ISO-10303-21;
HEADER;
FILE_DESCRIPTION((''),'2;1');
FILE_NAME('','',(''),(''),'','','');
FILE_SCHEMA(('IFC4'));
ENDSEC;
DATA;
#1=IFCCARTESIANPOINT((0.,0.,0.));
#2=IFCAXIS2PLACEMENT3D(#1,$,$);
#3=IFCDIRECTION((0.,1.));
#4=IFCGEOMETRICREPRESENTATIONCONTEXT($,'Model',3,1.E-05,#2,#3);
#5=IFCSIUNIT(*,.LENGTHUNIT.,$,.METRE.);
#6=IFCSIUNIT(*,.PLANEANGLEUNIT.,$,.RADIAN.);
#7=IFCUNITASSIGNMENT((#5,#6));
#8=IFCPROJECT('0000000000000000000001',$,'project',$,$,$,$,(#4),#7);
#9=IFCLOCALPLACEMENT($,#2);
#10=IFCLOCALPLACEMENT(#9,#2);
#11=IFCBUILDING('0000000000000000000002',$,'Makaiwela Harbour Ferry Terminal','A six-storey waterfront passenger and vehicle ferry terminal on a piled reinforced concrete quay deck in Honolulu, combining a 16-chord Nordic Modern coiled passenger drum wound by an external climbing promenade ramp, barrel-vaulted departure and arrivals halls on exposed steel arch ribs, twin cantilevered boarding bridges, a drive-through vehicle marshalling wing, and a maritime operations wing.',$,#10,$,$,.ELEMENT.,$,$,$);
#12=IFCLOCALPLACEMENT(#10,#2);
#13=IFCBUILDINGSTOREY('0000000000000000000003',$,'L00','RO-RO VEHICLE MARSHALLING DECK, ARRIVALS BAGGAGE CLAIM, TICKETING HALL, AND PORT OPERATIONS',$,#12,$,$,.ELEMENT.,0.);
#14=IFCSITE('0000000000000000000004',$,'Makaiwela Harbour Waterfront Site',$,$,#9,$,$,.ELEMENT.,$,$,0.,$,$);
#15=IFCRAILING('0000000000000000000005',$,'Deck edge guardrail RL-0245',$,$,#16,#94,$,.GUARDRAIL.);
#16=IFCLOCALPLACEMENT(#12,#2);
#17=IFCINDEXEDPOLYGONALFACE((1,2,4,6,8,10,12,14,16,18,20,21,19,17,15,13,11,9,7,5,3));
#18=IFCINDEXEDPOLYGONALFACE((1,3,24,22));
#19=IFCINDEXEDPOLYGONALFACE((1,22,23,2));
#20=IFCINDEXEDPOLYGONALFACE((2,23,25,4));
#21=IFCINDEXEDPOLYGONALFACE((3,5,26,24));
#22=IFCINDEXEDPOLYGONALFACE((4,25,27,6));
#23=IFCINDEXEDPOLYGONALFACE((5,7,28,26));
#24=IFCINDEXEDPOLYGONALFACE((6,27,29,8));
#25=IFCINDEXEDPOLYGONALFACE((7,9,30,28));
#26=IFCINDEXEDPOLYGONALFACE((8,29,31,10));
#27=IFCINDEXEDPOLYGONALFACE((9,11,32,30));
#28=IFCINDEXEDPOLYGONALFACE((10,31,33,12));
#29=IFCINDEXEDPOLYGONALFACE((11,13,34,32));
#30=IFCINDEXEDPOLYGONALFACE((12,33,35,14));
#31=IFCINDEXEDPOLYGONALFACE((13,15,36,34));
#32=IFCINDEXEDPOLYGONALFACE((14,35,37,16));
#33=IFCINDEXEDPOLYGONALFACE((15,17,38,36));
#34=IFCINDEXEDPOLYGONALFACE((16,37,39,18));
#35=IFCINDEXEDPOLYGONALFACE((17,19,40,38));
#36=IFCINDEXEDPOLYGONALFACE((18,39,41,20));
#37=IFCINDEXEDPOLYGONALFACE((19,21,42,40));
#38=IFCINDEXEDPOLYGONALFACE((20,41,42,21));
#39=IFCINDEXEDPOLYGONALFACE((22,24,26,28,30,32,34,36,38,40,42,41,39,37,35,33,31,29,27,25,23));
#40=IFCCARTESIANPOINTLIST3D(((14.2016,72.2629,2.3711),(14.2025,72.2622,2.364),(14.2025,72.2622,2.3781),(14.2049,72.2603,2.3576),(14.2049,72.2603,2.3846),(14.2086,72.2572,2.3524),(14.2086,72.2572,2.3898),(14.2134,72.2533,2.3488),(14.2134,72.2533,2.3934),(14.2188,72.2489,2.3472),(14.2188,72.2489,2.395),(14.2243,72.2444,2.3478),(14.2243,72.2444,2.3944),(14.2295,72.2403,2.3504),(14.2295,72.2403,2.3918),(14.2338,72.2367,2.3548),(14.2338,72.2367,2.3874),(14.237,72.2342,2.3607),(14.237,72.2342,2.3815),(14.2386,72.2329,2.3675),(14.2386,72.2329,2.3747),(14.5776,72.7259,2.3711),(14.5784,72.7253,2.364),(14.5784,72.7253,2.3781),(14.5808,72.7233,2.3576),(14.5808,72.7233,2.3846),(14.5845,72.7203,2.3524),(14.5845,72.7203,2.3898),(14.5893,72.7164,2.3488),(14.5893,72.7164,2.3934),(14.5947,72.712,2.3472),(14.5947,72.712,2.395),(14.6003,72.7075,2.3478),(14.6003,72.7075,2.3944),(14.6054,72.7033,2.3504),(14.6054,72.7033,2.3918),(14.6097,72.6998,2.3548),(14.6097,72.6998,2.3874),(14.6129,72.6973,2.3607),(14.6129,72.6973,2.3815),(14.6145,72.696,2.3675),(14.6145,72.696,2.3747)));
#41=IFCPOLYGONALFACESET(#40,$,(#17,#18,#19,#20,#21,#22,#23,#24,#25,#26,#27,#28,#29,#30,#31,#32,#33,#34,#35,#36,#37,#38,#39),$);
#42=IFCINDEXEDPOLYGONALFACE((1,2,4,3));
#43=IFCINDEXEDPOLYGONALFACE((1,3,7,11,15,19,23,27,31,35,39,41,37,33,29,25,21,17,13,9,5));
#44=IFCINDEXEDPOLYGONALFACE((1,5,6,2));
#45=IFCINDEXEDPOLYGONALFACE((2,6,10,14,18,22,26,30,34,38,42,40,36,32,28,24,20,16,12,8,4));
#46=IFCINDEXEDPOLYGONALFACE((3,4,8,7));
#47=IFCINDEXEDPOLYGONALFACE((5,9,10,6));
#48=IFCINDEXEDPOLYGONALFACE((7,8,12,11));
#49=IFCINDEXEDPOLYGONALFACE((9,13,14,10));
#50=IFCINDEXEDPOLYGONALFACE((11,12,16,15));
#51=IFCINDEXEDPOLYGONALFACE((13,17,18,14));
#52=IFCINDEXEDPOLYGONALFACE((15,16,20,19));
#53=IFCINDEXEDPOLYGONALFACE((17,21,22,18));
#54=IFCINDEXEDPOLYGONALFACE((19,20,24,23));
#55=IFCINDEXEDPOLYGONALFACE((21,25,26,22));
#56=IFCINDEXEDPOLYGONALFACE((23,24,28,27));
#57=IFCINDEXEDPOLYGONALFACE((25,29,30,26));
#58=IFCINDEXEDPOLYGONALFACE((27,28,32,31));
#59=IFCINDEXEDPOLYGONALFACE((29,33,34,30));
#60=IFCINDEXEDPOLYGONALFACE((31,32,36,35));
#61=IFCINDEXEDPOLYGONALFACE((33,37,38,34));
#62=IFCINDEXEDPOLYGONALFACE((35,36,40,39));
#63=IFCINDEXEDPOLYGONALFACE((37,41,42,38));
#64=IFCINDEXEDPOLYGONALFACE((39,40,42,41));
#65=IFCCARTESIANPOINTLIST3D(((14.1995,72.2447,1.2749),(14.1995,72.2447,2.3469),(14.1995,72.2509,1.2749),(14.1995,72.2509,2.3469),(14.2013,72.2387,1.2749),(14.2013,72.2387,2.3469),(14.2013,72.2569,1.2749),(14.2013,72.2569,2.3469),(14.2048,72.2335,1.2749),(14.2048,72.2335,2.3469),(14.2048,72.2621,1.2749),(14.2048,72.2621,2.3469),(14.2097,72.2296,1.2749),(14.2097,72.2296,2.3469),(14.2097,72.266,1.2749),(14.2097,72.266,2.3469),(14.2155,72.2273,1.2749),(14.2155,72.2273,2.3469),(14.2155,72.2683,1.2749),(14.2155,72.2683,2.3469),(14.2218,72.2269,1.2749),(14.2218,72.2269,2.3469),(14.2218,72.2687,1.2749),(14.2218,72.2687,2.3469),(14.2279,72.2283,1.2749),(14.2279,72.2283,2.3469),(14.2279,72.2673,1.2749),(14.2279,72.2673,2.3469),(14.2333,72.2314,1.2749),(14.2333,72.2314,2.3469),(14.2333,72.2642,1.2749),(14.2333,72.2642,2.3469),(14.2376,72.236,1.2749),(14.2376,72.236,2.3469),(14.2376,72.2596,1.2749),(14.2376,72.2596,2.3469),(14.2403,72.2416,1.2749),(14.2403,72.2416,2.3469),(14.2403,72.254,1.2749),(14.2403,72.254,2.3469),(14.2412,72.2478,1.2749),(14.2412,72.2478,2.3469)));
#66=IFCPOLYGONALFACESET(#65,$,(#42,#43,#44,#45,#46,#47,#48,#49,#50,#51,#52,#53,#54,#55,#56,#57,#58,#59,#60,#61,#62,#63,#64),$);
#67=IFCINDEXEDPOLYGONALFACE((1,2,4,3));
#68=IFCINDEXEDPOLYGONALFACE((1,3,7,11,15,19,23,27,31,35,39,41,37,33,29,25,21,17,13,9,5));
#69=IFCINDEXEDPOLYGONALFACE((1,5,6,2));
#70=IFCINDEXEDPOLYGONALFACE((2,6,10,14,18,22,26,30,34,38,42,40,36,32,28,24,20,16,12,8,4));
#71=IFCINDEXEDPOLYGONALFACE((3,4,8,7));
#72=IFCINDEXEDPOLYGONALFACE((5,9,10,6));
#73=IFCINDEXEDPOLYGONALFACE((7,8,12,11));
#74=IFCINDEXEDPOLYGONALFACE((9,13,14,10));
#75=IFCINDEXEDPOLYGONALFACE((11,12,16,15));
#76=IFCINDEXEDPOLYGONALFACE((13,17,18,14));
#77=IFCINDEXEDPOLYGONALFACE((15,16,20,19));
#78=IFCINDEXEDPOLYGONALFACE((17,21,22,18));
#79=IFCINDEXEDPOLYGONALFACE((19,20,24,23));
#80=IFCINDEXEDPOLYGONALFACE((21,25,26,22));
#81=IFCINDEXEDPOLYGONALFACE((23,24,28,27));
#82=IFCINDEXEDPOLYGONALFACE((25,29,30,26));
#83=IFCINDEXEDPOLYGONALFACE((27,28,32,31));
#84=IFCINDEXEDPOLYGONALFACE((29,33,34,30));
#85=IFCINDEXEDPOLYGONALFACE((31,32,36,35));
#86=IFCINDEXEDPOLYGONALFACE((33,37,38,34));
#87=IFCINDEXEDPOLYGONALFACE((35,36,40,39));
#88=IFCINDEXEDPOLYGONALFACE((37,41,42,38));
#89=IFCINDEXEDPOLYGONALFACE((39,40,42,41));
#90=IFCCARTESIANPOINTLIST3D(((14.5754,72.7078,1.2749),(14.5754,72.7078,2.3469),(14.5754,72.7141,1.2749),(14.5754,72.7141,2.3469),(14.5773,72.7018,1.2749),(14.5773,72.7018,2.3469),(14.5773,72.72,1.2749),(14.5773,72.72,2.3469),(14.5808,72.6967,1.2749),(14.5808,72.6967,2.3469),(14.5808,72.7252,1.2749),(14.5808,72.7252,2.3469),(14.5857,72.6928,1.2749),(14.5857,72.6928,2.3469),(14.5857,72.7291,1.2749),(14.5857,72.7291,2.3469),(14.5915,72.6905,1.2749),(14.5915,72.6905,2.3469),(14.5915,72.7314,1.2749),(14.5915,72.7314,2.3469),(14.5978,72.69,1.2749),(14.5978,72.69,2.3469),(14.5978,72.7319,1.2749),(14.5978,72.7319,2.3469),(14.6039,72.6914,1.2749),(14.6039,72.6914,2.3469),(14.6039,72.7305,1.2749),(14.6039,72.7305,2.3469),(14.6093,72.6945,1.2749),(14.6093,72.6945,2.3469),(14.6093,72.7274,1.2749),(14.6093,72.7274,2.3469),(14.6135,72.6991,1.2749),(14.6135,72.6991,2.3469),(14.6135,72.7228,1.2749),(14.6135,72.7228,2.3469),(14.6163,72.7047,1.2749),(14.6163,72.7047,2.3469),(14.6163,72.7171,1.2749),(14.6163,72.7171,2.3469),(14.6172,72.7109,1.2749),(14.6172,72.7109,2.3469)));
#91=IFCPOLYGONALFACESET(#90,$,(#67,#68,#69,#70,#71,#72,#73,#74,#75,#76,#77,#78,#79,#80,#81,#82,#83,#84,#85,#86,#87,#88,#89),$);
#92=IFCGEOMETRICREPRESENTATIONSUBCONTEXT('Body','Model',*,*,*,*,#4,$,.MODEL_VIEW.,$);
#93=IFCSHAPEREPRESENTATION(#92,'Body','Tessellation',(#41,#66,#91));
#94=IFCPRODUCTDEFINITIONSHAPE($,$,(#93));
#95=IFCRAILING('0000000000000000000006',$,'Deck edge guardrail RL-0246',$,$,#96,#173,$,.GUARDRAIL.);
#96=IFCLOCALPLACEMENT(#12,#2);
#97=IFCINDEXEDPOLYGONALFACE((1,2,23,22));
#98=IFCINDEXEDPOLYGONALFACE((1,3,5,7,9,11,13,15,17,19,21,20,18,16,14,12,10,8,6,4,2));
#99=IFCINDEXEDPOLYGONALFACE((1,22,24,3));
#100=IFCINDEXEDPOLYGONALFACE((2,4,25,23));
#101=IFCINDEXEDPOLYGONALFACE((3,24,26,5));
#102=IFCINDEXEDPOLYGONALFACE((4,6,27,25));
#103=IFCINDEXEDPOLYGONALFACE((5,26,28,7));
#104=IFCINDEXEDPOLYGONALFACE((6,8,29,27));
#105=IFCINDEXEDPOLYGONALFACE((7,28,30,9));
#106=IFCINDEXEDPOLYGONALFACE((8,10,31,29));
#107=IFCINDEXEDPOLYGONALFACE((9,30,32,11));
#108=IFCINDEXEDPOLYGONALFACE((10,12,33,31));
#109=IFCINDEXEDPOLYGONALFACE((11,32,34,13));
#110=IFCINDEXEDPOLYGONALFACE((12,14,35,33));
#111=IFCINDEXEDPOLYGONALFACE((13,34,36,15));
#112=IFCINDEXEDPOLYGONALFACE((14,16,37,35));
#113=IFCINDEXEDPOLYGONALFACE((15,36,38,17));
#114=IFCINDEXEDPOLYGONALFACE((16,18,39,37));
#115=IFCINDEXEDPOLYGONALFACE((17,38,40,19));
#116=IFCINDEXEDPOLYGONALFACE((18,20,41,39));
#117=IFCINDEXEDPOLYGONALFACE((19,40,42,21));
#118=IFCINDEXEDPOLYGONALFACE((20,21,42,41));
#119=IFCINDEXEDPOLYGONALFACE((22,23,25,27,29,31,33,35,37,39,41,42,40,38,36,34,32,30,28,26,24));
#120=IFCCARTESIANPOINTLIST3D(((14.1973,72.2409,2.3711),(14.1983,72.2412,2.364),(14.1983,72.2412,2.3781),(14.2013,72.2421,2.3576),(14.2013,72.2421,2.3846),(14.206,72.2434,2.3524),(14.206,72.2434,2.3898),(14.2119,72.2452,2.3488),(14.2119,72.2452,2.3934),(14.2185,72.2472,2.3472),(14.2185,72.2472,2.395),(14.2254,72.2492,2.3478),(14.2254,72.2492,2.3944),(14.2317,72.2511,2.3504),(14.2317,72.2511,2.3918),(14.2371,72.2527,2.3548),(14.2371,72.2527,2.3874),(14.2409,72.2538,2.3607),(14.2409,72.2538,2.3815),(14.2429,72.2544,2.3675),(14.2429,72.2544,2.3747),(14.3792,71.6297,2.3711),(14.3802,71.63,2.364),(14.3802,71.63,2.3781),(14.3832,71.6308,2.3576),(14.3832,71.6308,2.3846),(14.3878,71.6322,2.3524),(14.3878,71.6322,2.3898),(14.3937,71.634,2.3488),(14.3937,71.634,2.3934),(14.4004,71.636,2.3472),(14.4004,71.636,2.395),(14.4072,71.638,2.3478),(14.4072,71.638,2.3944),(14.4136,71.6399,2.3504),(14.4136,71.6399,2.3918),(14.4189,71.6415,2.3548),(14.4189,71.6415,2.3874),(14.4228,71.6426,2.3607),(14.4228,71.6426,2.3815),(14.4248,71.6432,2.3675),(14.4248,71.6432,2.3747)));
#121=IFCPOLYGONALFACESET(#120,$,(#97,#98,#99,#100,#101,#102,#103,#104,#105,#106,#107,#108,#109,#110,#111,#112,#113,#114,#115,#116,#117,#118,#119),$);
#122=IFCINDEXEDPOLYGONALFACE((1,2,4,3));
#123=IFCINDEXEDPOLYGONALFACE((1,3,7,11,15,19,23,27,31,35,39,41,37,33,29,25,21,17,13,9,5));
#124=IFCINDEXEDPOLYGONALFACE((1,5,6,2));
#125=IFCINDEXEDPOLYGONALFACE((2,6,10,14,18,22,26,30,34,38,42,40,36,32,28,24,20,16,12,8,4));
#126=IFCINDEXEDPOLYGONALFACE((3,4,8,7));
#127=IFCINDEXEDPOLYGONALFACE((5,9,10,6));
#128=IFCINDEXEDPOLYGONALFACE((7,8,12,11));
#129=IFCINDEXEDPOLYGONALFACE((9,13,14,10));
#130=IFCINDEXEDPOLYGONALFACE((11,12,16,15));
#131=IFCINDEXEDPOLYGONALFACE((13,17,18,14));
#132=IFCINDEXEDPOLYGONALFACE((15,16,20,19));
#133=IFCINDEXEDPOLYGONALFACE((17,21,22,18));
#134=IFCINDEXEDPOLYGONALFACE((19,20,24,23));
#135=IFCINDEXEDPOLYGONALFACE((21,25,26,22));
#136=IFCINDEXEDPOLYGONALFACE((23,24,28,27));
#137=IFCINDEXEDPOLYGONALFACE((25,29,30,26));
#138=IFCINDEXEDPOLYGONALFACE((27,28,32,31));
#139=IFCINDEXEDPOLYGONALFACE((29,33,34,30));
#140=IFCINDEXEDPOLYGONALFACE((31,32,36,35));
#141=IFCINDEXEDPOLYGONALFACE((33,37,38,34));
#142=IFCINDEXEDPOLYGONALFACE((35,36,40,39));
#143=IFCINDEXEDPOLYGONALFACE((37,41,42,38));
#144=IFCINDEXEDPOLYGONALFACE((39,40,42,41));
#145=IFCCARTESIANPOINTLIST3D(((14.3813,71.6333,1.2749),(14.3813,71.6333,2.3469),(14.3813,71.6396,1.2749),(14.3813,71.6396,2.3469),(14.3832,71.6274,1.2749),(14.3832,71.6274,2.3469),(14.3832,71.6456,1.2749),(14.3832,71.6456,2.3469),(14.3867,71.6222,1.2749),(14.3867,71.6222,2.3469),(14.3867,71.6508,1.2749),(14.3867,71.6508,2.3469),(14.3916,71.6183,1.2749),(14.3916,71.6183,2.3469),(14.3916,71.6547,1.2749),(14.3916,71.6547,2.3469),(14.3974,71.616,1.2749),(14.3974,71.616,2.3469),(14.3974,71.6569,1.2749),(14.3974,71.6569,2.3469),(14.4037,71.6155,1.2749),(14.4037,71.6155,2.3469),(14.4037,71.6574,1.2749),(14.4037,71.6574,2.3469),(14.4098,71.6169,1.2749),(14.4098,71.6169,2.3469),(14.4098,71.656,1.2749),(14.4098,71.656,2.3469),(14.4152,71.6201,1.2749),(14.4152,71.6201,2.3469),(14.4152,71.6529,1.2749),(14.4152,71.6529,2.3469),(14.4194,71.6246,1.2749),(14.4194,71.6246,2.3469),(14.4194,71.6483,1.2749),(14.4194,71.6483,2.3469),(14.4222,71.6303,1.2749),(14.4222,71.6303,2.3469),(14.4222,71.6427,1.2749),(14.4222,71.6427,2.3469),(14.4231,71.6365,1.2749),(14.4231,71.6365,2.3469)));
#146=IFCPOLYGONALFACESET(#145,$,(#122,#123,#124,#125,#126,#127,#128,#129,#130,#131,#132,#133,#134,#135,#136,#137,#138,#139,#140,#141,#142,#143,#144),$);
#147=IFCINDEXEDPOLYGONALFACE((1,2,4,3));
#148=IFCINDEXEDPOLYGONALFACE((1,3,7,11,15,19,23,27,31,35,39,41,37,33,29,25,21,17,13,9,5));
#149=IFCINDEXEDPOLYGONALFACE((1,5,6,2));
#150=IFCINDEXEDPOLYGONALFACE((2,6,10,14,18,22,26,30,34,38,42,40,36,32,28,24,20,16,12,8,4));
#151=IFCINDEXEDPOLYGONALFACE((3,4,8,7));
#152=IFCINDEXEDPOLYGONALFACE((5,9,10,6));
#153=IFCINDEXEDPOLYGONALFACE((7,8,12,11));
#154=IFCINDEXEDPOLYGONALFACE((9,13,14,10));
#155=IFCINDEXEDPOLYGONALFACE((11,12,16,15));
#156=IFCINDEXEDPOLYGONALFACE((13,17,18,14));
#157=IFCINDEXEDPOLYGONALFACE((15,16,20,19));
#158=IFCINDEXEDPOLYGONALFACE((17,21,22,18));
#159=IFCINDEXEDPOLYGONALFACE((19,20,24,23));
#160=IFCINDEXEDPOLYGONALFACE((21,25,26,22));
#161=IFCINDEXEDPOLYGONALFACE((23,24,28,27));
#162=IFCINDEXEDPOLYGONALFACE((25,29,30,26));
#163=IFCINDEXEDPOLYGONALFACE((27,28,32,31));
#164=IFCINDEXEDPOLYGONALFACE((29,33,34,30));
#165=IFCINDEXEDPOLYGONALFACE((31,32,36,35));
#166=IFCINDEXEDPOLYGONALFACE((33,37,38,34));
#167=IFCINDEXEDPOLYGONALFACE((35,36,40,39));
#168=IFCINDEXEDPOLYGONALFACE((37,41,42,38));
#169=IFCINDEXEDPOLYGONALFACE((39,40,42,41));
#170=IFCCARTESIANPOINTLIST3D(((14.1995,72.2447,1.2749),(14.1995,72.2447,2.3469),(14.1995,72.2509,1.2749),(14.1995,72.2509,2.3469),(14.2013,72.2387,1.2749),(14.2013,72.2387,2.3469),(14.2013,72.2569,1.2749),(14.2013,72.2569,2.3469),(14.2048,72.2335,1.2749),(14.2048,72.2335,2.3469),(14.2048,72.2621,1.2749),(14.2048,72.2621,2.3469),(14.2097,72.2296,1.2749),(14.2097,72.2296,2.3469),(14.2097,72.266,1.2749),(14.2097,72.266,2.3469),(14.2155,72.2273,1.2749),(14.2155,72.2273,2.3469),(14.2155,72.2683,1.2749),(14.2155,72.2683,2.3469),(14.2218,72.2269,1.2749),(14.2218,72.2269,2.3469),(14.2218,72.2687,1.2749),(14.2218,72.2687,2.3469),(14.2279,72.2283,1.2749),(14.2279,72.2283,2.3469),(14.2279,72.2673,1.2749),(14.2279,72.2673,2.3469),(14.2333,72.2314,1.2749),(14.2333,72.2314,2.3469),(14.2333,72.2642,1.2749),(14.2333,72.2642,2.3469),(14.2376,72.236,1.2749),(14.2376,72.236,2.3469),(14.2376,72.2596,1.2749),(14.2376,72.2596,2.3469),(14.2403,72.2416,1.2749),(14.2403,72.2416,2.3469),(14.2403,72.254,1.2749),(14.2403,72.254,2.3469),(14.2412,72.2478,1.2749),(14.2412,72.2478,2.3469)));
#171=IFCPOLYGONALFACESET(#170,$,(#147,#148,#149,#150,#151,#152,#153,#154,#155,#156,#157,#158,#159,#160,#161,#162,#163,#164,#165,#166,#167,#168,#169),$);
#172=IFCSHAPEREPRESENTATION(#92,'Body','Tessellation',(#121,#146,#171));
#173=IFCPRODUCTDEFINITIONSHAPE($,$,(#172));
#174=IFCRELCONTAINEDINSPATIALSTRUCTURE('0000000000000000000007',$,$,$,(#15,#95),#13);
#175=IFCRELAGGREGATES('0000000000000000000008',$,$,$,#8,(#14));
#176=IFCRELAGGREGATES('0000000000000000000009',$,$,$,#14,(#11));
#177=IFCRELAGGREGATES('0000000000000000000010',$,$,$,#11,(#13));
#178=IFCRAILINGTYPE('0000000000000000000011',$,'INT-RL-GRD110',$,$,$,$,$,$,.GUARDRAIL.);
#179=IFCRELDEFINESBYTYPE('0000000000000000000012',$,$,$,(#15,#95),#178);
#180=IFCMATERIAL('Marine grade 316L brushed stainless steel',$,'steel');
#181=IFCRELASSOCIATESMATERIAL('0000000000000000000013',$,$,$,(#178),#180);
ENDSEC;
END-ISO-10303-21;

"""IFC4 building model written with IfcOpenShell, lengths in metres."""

from ifc_helpers import new_model, si_unit, direction, frame, origin, origin_2d, place, context, subcontext, project, spatial, circle, extrude, material, type_object, element, save


model = new_model("IFC4")

# Units and contexts
model_context = context("Model", 3, precision=1e-05, world=origin(), true_north=direction((0.0, 1.0)))
body_context = subcontext(model_context, "Body", "Model", "MODEL_VIEW")
ifc_project = project(units=[si_unit("LENGTHUNIT", "METRE"), si_unit("PLANEANGLEUNIT", "RADIAN")], contexts=[model_context])

# Site, building, storey
site_placement = place(None, origin())
site = spatial("IfcSite", under=ifc_project, at=site_placement, Name="Makaiwela Harbour Waterfront Site", CompositionType="ELEMENT", RefElevation=0.0)
building_placement = place(site_placement, origin())
building = spatial("IfcBuilding", under=site, at=building_placement, Name="Makaiwela Harbour Ferry Terminal", Description="A six-storey waterfront passenger and vehicle ferry terminal on a piled reinforced concrete quay deck in Honolulu, combining a 16-chord Nordic Modern coiled passenger drum wound by an external climbing promenade ramp, barrel-vaulted departure and arrivals halls on exposed steel arch ribs, twin cantilevered boarding bridges, a drive-through vehicle marshalling wing, and a maritime operations wing.", CompositionType="ELEMENT")
storey_placement = place(building_placement, origin())
storey = spatial("IfcBuildingStorey", under=building, at=storey_placement, Name="L00", Description="RO-RO VEHICLE MARSHALLING DECK, ARRIVALS BAGGAGE CLAIM, TICKETING HALL, AND PORT OPERATIONS", CompositionType="ELEMENT", Elevation=0.0)

# Railings
ifc_material_1 = material(Name="Marine grade 316L brushed stainless steel", Category="steel")
railing_type_1 = type_object("IfcRailingType", Name="INT-RL-GRD110", PredefinedType="GUARDRAIL", material=ifc_material_1)
railing_1_placement = place(storey_placement, frame((14.2202, 72.2478, 1.2749)))
element("IfcRailing", 1, at=railing_1_placement, inside=storey, type_object=railing_type_1, Name="Deck edge guardrail RL-0245", PredefinedType="GUARDRAIL", context=body_context, shape_type="SweptSolid", body=[
    extrude(circle(Radius=0.0239, at=origin_2d()), frame((0.0, 0.0, 1.0962), z_axis=(0.630269, 0.776377, 0.0), x_axis=(-0.776377, 0.630269, 0.0)), (0.0, 0.0, 1.0), 0.5964),
    extrude(circle(Radius=0.021, at=origin_2d()), origin(), (0.0, 0.0, 1.0), 1.072),
    extrude(circle(Radius=0.021, at=origin_2d()), frame((0.376, 0.4631, 0.0)), (0.0, 0.0, 1.0), 1.072),
])
railing_2_placement = place(storey_placement, frame((14.4021, 71.6365, 1.2749)))
element("IfcRailing", 2, at=railing_2_placement, inside=storey, type_object=railing_type_1, Name="Deck edge guardrail RL-0246", PredefinedType="GUARDRAIL", context=body_context, shape_type="SweptSolid", body=[
    extrude(circle(Radius=0.0239, at=origin_2d()), frame((0.0, 0.0, 1.0962), z_axis=(-0.28517, 0.958477, 0.0), x_axis=(-0.958477, -0.28517, 0.0)), (0.0, 0.0, 1.0), 0.6377),
    extrude(circle(Radius=0.021, at=origin_2d()), origin(), (0.0, 0.0, 1.0), 1.072),
    extrude(circle(Radius=0.021, at=origin_2d()), frame((-0.1819, 0.6113, 0.0)), (0.0, 0.0, 1.0), 1.072),
])

save(model, "model.ifc")
